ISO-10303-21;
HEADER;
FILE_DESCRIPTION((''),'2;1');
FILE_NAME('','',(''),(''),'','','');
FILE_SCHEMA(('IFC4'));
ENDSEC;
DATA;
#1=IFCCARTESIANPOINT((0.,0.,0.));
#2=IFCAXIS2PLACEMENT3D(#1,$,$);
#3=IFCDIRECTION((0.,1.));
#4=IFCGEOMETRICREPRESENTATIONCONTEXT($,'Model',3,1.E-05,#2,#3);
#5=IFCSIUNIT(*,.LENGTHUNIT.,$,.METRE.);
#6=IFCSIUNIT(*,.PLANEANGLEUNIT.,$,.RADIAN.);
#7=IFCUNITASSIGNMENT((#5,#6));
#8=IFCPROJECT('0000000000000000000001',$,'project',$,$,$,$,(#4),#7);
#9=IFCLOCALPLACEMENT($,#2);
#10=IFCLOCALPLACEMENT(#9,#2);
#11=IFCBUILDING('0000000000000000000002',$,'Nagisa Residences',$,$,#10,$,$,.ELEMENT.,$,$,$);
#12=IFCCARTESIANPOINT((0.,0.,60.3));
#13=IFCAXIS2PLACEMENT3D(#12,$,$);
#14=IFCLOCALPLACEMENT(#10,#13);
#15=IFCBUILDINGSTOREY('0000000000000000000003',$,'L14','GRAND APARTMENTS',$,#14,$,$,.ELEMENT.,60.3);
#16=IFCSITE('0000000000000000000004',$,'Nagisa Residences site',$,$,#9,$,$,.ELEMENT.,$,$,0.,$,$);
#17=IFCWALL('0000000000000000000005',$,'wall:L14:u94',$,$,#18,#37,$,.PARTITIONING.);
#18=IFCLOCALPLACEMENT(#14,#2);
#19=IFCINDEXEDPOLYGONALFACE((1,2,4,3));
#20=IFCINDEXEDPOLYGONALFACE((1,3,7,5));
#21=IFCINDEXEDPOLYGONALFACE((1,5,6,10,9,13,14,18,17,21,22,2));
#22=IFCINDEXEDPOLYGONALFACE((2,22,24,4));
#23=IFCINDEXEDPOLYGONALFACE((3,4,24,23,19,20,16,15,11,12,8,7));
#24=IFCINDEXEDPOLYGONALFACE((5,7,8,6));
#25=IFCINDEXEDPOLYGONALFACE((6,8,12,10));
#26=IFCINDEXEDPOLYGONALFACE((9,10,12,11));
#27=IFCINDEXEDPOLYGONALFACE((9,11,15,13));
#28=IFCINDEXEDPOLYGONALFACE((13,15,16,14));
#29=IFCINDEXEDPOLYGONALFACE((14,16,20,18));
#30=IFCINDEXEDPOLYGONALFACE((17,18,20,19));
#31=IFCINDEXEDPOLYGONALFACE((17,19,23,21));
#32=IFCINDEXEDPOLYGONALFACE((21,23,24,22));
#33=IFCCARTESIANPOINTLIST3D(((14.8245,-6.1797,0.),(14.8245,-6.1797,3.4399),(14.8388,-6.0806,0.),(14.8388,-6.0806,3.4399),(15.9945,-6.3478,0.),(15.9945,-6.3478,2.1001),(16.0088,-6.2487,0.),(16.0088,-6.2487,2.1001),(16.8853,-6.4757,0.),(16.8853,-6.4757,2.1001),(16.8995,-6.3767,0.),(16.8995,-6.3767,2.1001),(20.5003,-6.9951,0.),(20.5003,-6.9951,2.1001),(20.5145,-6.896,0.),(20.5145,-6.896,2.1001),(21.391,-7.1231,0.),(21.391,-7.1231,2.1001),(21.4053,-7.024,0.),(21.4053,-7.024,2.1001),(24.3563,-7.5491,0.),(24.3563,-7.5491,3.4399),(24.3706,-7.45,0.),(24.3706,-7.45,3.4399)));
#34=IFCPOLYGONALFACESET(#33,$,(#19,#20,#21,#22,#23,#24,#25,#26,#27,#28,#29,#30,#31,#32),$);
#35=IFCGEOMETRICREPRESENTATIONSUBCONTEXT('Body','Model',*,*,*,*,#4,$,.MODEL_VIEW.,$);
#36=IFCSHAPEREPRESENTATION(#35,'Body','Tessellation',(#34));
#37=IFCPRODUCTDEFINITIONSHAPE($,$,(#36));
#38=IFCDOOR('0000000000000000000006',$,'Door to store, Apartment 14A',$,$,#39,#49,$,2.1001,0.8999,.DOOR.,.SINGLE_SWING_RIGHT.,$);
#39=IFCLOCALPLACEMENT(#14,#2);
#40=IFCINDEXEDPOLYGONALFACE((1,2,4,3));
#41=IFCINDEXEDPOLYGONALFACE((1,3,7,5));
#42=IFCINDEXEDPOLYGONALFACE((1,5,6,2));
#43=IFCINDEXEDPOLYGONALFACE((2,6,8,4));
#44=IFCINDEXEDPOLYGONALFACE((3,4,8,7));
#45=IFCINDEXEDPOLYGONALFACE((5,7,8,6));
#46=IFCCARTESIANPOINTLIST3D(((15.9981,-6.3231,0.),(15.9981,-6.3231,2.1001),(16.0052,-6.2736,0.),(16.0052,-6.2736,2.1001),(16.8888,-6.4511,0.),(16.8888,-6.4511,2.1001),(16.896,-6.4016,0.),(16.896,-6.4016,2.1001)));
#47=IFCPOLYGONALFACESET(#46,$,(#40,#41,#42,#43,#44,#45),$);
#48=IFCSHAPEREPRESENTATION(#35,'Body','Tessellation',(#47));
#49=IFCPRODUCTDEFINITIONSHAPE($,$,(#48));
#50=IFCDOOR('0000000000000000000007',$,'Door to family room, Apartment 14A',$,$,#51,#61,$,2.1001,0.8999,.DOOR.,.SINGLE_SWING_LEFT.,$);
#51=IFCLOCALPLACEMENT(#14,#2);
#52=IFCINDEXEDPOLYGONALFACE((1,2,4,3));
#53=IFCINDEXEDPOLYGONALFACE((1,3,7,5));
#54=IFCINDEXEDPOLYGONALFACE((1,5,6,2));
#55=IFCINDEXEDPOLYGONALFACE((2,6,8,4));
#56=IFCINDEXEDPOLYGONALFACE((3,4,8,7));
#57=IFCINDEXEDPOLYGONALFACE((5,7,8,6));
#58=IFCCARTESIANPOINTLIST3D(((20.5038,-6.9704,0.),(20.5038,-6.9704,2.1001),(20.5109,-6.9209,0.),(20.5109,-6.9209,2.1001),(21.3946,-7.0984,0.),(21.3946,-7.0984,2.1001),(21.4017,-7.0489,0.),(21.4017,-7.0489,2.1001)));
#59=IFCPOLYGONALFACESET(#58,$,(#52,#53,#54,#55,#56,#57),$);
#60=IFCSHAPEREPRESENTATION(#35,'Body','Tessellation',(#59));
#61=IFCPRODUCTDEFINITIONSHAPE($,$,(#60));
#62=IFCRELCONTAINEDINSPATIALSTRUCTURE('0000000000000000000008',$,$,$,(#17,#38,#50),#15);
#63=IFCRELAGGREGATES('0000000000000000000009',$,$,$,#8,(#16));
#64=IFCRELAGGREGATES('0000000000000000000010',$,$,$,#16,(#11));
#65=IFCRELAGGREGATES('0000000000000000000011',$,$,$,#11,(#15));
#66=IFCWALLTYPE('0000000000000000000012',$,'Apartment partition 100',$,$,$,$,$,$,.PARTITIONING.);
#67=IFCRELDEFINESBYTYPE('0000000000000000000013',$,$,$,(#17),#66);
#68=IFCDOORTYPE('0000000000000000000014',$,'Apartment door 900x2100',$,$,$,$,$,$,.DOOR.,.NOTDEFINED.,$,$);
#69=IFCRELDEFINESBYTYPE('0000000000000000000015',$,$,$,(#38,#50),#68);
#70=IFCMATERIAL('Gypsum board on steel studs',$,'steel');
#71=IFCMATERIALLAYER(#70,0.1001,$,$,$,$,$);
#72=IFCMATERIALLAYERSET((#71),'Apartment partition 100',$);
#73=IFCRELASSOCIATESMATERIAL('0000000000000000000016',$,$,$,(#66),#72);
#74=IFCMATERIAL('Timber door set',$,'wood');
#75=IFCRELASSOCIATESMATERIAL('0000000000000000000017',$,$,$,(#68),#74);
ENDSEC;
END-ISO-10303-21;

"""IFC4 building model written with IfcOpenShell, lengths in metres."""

from ifc_helpers import new_model, si_unit, direction, frame, frame_2d, origin, place, context, subcontext, project, spatial, rectangle, extrude, material, layer, layer_set, type_object, element, fill, save


model = new_model("IFC4")

# Units and contexts
model_context = context("Model", 3, precision=1e-05, world=origin(), true_north=direction((0.0, 1.0)))
body_context = subcontext(model_context, "Body", "Model", "MODEL_VIEW")
ifc_project = project(units=[si_unit("LENGTHUNIT", "METRE"), si_unit("PLANEANGLEUNIT", "RADIAN")], contexts=[model_context])

# Site, building, storey
site_placement = place(None, origin())
site = spatial("IfcSite", under=ifc_project, at=site_placement, Name="Nagisa Residences site", CompositionType="ELEMENT", RefElevation=0.0)
building_placement = place(site_placement, origin())
building = spatial("IfcBuilding", under=site, at=building_placement, Name="Nagisa Residences", CompositionType="ELEMENT")
storey_placement = place(building_placement, frame((0.0, 0.0, 60.3)))
storey = spatial("IfcBuildingStorey", under=building, at=storey_placement, Name="L14", Description="GRAND APARTMENTS", CompositionType="ELEMENT", Elevation=60.3)

# Shared definitions
ifc_material_1 = material(Name="Gypsum board on steel studs", Category="steel")
ifc_layer_1 = layer(ifc_material_1, 0.1001)
ifc_layer_set_1 = layer_set([ifc_layer_1], Name="Apartment partition 100")
wall_type_1 = type_object("IfcWallType", Name="Apartment partition 100", PredefinedType="PARTITIONING", material=ifc_layer_set_1)

# Shared definitions
ifc_material_2 = material(Name="Timber door set", Category="wood")
door_type_1 = type_object("IfcDoorType", Name="Apartment door 900x2100", OperationType="NOTDEFINED", PredefinedType="DOOR", material=ifc_material_2)

# Wall, openings, doors
wall_1_placement = place(storey_placement, frame((14.8315, -6.1301, 0.0), z_axis=(0.0, 0.0, 1.0), x_axis=(0.989837, -0.142206, 0.0)))
wall_1 = element("IfcWall", 1, at=wall_1_placement, inside=storey, type_object=wall_type_1, Name="wall:L14:u94", PredefinedType="PARTITIONING", context=body_context, shape_type="SweptSolid", body=[
    extrude(rectangle(XDim=9.6296, YDim=0.1001, at=frame_2d((4.8149, 0.0))), origin(), (0.0, 0.0, 1.0), 3.4399),
])
opening_1_placement = place(wall_1_placement, frame((1.1821, 0.0, 0.0)))
opening_1 = element("IfcOpeningElement", 2, at=opening_1_placement, cuts=wall_1, PredefinedType="OPENING", context=body_context, shape_type="SweptSolid", body=[
    extrude(rectangle(XDim=0.8999, YDim=2.1001, at=frame_2d((0.45, 1.05))), frame((0.0, 0.0601, 0.0), z_axis=(0.0, -1.0, 0.0), x_axis=(1.0, 0.0, 0.0)), (0.0, 0.0, 1.0), 0.1201),
])
opening_2_placement = place(wall_1_placement, frame((5.7341, 0.0, 0.0)))
opening_2 = element("IfcOpeningElement", 3, at=opening_2_placement, cuts=wall_1, PredefinedType="OPENING", context=body_context, shape_type="SweptSolid", body=[
    extrude(rectangle(XDim=0.8999, YDim=2.1001, at=frame_2d((0.45, 1.05))), frame((0.0, 0.0601, 0.0), z_axis=(0.0, -1.0, 0.0), x_axis=(1.0, 0.0, 0.0)), (0.0, 0.0, 1.0), 0.1201),
])
door_1_placement = place(opening_1_placement, origin())
door_1 = element("IfcDoor", 4, at=door_1_placement, inside=storey, type_object=door_type_1, Name="Door to store, Apartment 14A", OperationType="SINGLE_SWING_RIGHT", OverallHeight=2.1001, OverallWidth=0.8999, PredefinedType="DOOR", context=body_context, shape_type="SweptSolid", body=[
    extrude(rectangle(XDim=0.8999, YDim=2.1001, at=frame_2d((0.45, 1.05))), frame((0.0, 0.0249, 0.0), z_axis=(0.0, -1.0, 0.0), x_axis=(1.0, 0.0, 0.0)), (0.0, 0.0, 1.0), 0.05),
])
fill(opening_1, door_1)
door_2_placement = place(opening_2_placement, origin())
door_2 = element("IfcDoor", 5, at=door_2_placement, inside=storey, type_object=door_type_1, Name="Door to family room, Apartment 14A", OperationType="SINGLE_SWING_LEFT", OverallHeight=2.1001, OverallWidth=0.8999, PredefinedType="DOOR", context=body_context, shape_type="SweptSolid", body=[
    extrude(rectangle(XDim=0.8999, YDim=2.1001, at=frame_2d((0.45, 1.05))), frame((0.0, 0.0249, 0.0), z_axis=(0.0, -1.0, 0.0), x_axis=(1.0, 0.0, 0.0)), (0.0, 0.0, 1.0), 0.05),
])
fill(opening_2, door_2)

save(model, "model.ifc")
